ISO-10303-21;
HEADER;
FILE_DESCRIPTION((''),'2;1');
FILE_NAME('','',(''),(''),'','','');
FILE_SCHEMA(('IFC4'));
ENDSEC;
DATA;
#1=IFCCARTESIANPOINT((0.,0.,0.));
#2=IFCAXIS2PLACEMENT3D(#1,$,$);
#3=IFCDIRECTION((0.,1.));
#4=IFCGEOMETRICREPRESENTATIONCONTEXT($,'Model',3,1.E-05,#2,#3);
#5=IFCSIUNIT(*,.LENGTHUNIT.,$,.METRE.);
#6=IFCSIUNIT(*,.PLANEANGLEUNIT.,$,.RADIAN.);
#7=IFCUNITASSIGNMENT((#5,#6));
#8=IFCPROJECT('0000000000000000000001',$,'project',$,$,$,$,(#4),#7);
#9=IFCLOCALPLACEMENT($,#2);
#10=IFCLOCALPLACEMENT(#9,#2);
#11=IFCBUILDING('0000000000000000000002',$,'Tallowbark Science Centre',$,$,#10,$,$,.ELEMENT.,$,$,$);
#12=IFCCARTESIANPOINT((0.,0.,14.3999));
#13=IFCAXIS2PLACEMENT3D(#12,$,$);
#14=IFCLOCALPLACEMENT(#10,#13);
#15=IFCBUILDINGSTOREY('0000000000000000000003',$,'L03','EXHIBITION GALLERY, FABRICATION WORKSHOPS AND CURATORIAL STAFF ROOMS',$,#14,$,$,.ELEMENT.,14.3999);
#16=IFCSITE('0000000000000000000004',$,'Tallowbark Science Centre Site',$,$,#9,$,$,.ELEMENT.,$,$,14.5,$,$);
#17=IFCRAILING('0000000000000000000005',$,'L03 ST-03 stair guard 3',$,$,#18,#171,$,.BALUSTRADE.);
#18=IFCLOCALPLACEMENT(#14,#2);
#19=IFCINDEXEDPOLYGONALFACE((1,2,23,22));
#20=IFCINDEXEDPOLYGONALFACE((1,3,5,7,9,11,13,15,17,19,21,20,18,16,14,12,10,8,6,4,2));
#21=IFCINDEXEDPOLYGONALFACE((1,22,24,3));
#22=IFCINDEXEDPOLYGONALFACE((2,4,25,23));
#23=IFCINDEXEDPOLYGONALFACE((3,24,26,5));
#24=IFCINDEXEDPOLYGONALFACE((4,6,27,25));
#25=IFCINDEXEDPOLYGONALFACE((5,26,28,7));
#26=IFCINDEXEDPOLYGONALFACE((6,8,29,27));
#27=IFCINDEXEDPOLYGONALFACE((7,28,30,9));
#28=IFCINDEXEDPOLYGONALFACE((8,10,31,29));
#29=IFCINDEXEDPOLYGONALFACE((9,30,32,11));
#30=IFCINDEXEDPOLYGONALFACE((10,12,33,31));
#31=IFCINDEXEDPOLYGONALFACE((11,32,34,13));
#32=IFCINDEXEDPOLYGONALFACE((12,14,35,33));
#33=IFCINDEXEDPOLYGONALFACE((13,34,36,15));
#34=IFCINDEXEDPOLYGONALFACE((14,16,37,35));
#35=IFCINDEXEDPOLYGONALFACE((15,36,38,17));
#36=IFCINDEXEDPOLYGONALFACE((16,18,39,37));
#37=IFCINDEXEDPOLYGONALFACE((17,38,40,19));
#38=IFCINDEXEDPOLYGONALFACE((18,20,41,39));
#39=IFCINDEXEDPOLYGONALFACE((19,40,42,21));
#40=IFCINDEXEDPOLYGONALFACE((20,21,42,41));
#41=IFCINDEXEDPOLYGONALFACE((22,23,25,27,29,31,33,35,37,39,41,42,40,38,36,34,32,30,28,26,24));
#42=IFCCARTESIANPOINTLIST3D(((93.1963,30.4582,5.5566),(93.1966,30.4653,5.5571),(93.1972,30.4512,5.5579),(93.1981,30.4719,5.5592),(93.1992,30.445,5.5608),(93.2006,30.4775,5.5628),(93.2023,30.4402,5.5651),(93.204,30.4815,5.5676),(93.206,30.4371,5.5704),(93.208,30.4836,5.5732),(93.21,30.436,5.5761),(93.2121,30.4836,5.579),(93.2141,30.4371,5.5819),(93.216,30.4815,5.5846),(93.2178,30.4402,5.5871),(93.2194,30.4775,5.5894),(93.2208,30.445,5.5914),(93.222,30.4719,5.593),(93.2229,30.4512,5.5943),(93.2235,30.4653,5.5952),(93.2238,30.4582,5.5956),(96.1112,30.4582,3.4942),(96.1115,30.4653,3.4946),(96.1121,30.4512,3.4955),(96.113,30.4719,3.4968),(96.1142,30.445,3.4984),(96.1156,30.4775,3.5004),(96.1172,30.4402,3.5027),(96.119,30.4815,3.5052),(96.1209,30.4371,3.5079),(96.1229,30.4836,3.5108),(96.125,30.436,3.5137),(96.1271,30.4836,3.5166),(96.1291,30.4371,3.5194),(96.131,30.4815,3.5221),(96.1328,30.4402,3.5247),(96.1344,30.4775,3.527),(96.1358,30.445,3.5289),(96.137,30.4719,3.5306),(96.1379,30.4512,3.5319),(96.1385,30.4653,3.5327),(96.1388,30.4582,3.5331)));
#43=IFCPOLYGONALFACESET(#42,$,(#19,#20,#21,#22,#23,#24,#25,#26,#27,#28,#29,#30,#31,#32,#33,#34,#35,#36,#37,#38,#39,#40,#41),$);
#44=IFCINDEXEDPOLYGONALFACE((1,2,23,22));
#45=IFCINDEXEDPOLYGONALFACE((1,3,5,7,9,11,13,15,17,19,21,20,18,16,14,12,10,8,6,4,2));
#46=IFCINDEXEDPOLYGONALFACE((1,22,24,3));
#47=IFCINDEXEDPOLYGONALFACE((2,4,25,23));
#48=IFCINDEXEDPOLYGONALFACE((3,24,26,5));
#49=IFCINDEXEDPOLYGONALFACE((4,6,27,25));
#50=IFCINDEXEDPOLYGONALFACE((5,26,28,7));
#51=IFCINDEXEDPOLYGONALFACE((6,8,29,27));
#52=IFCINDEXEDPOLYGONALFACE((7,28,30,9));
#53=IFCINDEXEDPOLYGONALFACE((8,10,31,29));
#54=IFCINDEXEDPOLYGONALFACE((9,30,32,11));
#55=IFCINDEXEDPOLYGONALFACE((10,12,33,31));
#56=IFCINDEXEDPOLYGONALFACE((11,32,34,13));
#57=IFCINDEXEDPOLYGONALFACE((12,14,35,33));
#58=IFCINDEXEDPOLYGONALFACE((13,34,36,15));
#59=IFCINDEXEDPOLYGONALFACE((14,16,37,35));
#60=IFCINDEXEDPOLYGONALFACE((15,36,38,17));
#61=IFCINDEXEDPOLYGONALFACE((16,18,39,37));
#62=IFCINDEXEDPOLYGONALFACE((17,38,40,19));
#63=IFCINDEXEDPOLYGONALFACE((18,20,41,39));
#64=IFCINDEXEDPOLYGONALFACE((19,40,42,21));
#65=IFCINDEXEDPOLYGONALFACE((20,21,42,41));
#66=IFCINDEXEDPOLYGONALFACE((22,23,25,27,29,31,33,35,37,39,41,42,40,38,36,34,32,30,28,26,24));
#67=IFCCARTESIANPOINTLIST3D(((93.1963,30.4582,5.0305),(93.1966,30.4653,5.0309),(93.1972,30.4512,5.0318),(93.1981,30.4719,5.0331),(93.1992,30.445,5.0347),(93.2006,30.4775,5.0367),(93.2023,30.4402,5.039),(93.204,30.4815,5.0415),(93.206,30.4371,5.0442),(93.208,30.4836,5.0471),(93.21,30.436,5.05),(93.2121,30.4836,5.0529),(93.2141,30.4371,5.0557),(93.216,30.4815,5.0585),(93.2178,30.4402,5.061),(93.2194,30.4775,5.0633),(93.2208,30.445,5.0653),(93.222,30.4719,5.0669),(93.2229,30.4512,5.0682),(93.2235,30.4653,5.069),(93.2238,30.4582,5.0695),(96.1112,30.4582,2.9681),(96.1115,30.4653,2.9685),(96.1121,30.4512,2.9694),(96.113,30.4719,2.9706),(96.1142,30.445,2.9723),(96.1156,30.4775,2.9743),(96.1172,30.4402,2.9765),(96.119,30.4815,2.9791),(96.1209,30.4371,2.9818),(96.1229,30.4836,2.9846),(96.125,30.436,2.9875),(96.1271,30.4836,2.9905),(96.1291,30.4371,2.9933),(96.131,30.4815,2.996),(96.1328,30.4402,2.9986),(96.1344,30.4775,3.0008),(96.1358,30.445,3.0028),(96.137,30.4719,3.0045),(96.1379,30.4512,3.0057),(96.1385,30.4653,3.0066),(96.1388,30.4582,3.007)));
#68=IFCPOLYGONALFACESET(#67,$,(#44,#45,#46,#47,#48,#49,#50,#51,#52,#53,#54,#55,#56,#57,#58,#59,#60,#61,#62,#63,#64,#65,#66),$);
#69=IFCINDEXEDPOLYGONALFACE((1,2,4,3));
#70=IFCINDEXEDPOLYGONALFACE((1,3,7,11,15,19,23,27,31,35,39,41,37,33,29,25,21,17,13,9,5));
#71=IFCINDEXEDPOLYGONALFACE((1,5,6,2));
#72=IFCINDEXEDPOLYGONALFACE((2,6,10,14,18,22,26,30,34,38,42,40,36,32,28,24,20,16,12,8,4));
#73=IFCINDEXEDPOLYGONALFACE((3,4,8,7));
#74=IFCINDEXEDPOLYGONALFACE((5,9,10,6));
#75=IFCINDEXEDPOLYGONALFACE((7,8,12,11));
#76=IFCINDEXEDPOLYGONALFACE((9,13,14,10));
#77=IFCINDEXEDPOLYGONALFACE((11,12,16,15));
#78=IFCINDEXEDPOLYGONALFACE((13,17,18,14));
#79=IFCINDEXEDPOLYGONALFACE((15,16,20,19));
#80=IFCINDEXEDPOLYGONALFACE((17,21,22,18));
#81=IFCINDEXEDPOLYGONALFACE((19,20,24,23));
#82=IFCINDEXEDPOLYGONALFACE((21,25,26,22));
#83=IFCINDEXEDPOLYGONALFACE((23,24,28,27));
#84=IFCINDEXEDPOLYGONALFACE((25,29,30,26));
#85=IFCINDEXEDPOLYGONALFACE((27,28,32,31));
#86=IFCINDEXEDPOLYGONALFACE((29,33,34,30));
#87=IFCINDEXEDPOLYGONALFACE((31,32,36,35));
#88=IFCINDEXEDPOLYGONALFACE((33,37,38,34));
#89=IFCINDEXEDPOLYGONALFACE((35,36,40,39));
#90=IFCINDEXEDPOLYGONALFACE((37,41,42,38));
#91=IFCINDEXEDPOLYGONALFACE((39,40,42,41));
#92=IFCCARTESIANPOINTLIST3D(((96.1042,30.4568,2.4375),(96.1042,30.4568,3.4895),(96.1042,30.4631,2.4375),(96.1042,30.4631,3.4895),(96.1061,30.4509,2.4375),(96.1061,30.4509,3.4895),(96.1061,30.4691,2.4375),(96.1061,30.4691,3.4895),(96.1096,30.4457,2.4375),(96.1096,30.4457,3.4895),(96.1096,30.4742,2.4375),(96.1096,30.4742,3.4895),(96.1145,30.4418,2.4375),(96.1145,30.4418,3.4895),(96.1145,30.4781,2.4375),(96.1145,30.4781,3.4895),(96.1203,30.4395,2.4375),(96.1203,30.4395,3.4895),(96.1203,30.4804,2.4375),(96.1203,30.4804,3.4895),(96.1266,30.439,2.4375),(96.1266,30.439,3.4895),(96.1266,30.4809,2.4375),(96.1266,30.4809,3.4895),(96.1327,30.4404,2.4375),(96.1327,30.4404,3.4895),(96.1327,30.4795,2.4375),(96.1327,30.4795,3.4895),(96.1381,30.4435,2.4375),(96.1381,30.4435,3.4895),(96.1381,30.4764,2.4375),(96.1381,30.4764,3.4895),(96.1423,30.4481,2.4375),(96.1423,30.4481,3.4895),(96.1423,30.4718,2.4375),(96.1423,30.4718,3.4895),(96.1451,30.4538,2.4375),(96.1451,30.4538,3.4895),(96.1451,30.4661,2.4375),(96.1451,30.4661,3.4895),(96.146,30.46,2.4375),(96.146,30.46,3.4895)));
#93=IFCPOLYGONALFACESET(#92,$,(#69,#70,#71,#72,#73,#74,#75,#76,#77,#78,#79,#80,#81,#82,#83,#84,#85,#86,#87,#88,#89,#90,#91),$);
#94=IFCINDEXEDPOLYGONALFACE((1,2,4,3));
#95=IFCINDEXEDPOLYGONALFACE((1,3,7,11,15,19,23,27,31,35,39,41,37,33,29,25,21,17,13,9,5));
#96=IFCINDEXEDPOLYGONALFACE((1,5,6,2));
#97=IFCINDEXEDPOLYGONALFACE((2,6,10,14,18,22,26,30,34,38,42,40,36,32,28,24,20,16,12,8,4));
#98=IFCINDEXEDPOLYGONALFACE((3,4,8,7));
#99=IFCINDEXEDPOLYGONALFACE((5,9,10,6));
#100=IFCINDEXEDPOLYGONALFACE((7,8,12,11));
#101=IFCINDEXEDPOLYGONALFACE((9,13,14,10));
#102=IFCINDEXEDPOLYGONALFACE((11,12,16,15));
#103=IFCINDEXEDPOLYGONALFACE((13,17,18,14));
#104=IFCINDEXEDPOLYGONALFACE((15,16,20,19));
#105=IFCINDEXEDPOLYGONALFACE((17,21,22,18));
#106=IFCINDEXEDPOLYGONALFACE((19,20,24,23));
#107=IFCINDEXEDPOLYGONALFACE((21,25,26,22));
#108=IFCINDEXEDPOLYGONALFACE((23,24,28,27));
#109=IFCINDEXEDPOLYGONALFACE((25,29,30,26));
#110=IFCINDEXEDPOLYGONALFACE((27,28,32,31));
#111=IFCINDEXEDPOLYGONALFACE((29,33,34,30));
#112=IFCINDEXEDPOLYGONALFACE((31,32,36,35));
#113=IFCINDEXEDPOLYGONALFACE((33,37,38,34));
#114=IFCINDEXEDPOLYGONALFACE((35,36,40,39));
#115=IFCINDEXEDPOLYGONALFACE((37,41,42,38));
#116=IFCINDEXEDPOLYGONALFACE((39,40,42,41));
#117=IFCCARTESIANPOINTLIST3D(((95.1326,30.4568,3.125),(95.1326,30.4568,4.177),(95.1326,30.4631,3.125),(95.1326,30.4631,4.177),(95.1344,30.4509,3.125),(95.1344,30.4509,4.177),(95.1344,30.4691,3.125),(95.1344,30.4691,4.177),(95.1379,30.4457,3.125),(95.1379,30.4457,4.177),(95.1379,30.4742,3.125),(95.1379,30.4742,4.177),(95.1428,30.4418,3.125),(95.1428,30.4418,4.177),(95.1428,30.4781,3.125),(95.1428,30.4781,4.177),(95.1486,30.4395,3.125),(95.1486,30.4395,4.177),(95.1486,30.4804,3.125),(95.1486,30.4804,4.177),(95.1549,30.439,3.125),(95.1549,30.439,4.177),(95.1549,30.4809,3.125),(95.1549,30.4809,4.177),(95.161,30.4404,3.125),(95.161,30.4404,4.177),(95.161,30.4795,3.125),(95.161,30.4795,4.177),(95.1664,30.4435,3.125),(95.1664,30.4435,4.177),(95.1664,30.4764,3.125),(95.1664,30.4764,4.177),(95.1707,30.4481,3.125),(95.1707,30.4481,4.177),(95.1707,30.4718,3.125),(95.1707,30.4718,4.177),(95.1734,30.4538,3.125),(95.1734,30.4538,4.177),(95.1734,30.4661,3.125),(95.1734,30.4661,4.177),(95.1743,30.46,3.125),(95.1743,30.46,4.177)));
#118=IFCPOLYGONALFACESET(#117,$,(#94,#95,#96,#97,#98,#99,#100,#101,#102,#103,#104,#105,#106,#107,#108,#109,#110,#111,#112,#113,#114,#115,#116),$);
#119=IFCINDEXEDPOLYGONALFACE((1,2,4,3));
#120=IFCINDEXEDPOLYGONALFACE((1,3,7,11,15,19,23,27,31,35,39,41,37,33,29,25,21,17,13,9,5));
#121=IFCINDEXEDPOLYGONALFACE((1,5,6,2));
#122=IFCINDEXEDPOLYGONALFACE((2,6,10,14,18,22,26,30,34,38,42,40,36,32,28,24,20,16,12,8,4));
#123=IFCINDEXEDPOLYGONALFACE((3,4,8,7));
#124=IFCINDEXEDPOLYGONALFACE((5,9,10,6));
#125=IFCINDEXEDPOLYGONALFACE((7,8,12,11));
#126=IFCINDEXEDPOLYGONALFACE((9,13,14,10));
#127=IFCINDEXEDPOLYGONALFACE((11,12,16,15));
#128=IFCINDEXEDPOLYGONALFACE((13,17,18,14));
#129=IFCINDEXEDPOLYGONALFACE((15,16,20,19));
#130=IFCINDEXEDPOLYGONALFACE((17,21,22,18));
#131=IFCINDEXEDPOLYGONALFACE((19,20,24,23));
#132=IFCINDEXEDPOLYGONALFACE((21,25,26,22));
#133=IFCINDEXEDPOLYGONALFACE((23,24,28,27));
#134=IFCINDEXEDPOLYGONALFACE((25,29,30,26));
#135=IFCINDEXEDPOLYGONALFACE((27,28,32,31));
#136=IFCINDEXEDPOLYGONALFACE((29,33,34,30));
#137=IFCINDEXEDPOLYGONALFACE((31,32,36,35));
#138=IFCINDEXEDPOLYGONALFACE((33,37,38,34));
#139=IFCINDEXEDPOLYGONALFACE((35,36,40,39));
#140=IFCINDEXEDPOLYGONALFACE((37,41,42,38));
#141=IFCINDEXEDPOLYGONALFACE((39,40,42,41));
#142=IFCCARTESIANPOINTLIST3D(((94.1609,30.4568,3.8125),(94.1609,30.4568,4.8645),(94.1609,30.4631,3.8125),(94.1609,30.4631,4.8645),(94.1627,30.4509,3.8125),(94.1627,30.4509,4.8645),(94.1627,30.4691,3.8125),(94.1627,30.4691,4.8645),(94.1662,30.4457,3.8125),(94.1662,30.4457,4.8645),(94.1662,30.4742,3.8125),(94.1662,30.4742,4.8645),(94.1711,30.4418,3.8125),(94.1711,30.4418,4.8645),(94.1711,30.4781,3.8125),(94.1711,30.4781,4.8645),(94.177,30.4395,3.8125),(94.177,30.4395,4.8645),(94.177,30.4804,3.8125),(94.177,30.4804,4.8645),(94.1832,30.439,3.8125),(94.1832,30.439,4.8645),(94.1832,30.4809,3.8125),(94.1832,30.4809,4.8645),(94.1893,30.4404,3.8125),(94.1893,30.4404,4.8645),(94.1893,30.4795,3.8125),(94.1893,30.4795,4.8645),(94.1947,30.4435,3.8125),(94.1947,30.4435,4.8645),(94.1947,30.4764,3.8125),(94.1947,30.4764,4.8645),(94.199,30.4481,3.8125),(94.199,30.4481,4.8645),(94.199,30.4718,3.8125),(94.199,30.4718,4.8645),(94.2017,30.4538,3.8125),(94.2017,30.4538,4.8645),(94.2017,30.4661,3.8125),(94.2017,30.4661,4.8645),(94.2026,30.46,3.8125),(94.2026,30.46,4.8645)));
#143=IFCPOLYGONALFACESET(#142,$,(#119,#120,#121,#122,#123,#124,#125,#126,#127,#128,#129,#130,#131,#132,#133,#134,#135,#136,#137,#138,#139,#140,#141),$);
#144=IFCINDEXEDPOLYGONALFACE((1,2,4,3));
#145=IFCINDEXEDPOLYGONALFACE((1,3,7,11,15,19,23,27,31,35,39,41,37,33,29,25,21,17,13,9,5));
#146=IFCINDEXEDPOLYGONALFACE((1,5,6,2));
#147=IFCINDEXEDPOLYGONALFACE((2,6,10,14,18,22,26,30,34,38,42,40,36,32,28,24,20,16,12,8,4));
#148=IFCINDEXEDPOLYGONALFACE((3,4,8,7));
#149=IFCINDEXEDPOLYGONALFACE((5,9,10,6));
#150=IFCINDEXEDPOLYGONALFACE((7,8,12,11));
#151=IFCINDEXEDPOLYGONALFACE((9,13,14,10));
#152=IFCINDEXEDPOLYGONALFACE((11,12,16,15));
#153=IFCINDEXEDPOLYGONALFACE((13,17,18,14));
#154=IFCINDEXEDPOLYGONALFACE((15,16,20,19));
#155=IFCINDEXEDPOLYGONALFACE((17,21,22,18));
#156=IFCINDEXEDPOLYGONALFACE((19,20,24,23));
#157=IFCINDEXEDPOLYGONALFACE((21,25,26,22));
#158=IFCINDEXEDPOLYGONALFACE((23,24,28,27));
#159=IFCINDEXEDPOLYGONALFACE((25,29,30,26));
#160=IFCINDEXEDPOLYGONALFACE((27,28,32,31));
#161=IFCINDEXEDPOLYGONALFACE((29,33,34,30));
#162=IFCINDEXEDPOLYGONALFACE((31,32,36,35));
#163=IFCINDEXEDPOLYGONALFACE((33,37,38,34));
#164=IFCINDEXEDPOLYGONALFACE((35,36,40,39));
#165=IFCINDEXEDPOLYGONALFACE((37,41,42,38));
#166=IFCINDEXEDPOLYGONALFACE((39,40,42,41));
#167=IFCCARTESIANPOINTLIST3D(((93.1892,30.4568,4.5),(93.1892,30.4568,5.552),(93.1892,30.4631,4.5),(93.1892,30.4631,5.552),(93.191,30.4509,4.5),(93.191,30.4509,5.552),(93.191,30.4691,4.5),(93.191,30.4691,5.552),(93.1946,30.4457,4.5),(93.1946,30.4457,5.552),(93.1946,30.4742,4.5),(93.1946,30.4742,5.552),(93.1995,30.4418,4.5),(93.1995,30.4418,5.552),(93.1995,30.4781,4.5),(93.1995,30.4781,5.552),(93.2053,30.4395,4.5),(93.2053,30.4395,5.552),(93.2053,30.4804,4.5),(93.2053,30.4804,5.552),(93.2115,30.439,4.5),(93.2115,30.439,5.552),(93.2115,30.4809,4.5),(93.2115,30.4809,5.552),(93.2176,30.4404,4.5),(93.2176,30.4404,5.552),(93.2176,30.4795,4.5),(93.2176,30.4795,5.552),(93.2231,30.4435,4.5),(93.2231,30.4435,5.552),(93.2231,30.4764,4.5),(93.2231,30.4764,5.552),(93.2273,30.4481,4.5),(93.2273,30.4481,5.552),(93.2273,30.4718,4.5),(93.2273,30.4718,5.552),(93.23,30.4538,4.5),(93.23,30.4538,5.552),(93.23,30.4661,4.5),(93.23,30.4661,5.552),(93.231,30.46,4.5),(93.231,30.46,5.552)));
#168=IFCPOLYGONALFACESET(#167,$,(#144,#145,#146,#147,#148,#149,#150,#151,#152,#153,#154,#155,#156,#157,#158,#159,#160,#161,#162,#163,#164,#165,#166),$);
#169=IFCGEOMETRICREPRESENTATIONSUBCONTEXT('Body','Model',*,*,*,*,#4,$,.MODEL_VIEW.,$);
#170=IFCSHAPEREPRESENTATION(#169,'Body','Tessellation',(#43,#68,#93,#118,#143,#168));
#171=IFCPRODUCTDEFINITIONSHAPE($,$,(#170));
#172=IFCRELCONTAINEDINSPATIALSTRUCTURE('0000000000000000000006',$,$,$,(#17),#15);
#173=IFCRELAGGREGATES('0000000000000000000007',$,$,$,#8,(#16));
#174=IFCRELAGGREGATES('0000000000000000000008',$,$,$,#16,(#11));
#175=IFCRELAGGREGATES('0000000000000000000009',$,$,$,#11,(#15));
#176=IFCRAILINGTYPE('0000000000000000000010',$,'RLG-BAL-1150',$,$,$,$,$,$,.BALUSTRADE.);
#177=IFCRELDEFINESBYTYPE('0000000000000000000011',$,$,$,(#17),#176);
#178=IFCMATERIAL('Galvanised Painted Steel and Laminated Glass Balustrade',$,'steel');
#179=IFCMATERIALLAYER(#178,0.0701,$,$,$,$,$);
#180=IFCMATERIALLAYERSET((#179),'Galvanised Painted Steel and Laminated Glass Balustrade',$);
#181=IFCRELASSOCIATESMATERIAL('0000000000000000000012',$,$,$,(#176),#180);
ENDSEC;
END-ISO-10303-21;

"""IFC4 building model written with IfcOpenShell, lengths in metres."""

from ifc_helpers import new_model, si_unit, direction, frame, origin, origin_2d, place, context, subcontext, project, spatial, circle, extrude, material, layer, layer_set, type_object, element, save


model = new_model("IFC4")

# Units and contexts
model_context = context("Model", 3, precision=1e-05, world=origin(), true_north=direction((0.0, 1.0)))
body_context = subcontext(model_context, "Body", "Model", "MODEL_VIEW")
ifc_project = project(units=[si_unit("LENGTHUNIT", "METRE"), si_unit("PLANEANGLEUNIT", "RADIAN")], contexts=[model_context])

# Site, building, storey
site_placement = place(None, origin())
site = spatial("IfcSite", under=ifc_project, at=site_placement, Name="Tallowbark Science Centre Site", CompositionType="ELEMENT", RefElevation=14.5)
building_placement = place(site_placement, origin())
building = spatial("IfcBuilding", under=site, at=building_placement, Name="Tallowbark Science Centre", CompositionType="ELEMENT")
storey_placement = place(building_placement, frame((0.0, 0.0, 14.3999)))
storey = spatial("IfcBuildingStorey", under=building, at=storey_placement, Name="L03", Description="EXHIBITION GALLERY, FABRICATION WORKSHOPS AND CURATORIAL STAFF ROOMS", CompositionType="ELEMENT", Elevation=14.3999)

# Railing
ifc_material_1 = material(Name="Galvanised Painted Steel and Laminated Glass Balustrade", Category="steel")
ifc_layer_1 = layer(ifc_material_1, 0.0701)
ifc_layer_set_1 = layer_set([ifc_layer_1], Name="Galvanised Painted Steel and Laminated Glass Balustrade")
railing_type_1 = type_object("IfcRailingType", Name="RLG-BAL-1150", PredefinedType="BALUSTRADE", material=ifc_layer_set_1)
railing_1_placement = place(storey_placement, frame((96.125, 30.46, 2.4375)))
element("IfcRailing", 1, at=railing_1_placement, inside=storey, type_object=railing_type_1, Name="L03 ST-03 stair guard 3", PredefinedType="BALUSTRADE", context=body_context, shape_type="SweptSolid", body=[
    extrude(circle(Radius=0.0239, at=origin_2d()), frame((0.0, 0.0, 1.0762), z_axis=(-0.816331, 0.0, 0.577585), x_axis=(0.0, -1.0, 0.0)), (0.0, 0.0, 1.0), 3.5708),
    extrude(circle(Radius=0.0239, at=origin_2d()), frame((0.0, 0.0, 0.55), z_axis=(-0.816331, 0.0, 0.577585), x_axis=(0.0, -1.0, 0.0)), (0.0, 0.0, 1.0), 3.5708),
    extrude(circle(Radius=0.021, at=origin_2d()), origin(), (0.0, 0.0, 1.0), 1.052),
    extrude(circle(Radius=0.021, at=origin_2d()), frame((-0.9717, 0.0, 0.6875)), (0.0, 0.0, 1.0), 1.052),
    extrude(circle(Radius=0.021, at=origin_2d()), frame((-1.9434, 0.0, 1.375)), (0.0, 0.0, 1.0), 1.052),
    extrude(circle(Radius=0.021, at=origin_2d()), frame((-2.915, 0.0, 2.0625)), (0.0, 0.0, 1.0), 1.052),
])

save(model, "model.ifc")
